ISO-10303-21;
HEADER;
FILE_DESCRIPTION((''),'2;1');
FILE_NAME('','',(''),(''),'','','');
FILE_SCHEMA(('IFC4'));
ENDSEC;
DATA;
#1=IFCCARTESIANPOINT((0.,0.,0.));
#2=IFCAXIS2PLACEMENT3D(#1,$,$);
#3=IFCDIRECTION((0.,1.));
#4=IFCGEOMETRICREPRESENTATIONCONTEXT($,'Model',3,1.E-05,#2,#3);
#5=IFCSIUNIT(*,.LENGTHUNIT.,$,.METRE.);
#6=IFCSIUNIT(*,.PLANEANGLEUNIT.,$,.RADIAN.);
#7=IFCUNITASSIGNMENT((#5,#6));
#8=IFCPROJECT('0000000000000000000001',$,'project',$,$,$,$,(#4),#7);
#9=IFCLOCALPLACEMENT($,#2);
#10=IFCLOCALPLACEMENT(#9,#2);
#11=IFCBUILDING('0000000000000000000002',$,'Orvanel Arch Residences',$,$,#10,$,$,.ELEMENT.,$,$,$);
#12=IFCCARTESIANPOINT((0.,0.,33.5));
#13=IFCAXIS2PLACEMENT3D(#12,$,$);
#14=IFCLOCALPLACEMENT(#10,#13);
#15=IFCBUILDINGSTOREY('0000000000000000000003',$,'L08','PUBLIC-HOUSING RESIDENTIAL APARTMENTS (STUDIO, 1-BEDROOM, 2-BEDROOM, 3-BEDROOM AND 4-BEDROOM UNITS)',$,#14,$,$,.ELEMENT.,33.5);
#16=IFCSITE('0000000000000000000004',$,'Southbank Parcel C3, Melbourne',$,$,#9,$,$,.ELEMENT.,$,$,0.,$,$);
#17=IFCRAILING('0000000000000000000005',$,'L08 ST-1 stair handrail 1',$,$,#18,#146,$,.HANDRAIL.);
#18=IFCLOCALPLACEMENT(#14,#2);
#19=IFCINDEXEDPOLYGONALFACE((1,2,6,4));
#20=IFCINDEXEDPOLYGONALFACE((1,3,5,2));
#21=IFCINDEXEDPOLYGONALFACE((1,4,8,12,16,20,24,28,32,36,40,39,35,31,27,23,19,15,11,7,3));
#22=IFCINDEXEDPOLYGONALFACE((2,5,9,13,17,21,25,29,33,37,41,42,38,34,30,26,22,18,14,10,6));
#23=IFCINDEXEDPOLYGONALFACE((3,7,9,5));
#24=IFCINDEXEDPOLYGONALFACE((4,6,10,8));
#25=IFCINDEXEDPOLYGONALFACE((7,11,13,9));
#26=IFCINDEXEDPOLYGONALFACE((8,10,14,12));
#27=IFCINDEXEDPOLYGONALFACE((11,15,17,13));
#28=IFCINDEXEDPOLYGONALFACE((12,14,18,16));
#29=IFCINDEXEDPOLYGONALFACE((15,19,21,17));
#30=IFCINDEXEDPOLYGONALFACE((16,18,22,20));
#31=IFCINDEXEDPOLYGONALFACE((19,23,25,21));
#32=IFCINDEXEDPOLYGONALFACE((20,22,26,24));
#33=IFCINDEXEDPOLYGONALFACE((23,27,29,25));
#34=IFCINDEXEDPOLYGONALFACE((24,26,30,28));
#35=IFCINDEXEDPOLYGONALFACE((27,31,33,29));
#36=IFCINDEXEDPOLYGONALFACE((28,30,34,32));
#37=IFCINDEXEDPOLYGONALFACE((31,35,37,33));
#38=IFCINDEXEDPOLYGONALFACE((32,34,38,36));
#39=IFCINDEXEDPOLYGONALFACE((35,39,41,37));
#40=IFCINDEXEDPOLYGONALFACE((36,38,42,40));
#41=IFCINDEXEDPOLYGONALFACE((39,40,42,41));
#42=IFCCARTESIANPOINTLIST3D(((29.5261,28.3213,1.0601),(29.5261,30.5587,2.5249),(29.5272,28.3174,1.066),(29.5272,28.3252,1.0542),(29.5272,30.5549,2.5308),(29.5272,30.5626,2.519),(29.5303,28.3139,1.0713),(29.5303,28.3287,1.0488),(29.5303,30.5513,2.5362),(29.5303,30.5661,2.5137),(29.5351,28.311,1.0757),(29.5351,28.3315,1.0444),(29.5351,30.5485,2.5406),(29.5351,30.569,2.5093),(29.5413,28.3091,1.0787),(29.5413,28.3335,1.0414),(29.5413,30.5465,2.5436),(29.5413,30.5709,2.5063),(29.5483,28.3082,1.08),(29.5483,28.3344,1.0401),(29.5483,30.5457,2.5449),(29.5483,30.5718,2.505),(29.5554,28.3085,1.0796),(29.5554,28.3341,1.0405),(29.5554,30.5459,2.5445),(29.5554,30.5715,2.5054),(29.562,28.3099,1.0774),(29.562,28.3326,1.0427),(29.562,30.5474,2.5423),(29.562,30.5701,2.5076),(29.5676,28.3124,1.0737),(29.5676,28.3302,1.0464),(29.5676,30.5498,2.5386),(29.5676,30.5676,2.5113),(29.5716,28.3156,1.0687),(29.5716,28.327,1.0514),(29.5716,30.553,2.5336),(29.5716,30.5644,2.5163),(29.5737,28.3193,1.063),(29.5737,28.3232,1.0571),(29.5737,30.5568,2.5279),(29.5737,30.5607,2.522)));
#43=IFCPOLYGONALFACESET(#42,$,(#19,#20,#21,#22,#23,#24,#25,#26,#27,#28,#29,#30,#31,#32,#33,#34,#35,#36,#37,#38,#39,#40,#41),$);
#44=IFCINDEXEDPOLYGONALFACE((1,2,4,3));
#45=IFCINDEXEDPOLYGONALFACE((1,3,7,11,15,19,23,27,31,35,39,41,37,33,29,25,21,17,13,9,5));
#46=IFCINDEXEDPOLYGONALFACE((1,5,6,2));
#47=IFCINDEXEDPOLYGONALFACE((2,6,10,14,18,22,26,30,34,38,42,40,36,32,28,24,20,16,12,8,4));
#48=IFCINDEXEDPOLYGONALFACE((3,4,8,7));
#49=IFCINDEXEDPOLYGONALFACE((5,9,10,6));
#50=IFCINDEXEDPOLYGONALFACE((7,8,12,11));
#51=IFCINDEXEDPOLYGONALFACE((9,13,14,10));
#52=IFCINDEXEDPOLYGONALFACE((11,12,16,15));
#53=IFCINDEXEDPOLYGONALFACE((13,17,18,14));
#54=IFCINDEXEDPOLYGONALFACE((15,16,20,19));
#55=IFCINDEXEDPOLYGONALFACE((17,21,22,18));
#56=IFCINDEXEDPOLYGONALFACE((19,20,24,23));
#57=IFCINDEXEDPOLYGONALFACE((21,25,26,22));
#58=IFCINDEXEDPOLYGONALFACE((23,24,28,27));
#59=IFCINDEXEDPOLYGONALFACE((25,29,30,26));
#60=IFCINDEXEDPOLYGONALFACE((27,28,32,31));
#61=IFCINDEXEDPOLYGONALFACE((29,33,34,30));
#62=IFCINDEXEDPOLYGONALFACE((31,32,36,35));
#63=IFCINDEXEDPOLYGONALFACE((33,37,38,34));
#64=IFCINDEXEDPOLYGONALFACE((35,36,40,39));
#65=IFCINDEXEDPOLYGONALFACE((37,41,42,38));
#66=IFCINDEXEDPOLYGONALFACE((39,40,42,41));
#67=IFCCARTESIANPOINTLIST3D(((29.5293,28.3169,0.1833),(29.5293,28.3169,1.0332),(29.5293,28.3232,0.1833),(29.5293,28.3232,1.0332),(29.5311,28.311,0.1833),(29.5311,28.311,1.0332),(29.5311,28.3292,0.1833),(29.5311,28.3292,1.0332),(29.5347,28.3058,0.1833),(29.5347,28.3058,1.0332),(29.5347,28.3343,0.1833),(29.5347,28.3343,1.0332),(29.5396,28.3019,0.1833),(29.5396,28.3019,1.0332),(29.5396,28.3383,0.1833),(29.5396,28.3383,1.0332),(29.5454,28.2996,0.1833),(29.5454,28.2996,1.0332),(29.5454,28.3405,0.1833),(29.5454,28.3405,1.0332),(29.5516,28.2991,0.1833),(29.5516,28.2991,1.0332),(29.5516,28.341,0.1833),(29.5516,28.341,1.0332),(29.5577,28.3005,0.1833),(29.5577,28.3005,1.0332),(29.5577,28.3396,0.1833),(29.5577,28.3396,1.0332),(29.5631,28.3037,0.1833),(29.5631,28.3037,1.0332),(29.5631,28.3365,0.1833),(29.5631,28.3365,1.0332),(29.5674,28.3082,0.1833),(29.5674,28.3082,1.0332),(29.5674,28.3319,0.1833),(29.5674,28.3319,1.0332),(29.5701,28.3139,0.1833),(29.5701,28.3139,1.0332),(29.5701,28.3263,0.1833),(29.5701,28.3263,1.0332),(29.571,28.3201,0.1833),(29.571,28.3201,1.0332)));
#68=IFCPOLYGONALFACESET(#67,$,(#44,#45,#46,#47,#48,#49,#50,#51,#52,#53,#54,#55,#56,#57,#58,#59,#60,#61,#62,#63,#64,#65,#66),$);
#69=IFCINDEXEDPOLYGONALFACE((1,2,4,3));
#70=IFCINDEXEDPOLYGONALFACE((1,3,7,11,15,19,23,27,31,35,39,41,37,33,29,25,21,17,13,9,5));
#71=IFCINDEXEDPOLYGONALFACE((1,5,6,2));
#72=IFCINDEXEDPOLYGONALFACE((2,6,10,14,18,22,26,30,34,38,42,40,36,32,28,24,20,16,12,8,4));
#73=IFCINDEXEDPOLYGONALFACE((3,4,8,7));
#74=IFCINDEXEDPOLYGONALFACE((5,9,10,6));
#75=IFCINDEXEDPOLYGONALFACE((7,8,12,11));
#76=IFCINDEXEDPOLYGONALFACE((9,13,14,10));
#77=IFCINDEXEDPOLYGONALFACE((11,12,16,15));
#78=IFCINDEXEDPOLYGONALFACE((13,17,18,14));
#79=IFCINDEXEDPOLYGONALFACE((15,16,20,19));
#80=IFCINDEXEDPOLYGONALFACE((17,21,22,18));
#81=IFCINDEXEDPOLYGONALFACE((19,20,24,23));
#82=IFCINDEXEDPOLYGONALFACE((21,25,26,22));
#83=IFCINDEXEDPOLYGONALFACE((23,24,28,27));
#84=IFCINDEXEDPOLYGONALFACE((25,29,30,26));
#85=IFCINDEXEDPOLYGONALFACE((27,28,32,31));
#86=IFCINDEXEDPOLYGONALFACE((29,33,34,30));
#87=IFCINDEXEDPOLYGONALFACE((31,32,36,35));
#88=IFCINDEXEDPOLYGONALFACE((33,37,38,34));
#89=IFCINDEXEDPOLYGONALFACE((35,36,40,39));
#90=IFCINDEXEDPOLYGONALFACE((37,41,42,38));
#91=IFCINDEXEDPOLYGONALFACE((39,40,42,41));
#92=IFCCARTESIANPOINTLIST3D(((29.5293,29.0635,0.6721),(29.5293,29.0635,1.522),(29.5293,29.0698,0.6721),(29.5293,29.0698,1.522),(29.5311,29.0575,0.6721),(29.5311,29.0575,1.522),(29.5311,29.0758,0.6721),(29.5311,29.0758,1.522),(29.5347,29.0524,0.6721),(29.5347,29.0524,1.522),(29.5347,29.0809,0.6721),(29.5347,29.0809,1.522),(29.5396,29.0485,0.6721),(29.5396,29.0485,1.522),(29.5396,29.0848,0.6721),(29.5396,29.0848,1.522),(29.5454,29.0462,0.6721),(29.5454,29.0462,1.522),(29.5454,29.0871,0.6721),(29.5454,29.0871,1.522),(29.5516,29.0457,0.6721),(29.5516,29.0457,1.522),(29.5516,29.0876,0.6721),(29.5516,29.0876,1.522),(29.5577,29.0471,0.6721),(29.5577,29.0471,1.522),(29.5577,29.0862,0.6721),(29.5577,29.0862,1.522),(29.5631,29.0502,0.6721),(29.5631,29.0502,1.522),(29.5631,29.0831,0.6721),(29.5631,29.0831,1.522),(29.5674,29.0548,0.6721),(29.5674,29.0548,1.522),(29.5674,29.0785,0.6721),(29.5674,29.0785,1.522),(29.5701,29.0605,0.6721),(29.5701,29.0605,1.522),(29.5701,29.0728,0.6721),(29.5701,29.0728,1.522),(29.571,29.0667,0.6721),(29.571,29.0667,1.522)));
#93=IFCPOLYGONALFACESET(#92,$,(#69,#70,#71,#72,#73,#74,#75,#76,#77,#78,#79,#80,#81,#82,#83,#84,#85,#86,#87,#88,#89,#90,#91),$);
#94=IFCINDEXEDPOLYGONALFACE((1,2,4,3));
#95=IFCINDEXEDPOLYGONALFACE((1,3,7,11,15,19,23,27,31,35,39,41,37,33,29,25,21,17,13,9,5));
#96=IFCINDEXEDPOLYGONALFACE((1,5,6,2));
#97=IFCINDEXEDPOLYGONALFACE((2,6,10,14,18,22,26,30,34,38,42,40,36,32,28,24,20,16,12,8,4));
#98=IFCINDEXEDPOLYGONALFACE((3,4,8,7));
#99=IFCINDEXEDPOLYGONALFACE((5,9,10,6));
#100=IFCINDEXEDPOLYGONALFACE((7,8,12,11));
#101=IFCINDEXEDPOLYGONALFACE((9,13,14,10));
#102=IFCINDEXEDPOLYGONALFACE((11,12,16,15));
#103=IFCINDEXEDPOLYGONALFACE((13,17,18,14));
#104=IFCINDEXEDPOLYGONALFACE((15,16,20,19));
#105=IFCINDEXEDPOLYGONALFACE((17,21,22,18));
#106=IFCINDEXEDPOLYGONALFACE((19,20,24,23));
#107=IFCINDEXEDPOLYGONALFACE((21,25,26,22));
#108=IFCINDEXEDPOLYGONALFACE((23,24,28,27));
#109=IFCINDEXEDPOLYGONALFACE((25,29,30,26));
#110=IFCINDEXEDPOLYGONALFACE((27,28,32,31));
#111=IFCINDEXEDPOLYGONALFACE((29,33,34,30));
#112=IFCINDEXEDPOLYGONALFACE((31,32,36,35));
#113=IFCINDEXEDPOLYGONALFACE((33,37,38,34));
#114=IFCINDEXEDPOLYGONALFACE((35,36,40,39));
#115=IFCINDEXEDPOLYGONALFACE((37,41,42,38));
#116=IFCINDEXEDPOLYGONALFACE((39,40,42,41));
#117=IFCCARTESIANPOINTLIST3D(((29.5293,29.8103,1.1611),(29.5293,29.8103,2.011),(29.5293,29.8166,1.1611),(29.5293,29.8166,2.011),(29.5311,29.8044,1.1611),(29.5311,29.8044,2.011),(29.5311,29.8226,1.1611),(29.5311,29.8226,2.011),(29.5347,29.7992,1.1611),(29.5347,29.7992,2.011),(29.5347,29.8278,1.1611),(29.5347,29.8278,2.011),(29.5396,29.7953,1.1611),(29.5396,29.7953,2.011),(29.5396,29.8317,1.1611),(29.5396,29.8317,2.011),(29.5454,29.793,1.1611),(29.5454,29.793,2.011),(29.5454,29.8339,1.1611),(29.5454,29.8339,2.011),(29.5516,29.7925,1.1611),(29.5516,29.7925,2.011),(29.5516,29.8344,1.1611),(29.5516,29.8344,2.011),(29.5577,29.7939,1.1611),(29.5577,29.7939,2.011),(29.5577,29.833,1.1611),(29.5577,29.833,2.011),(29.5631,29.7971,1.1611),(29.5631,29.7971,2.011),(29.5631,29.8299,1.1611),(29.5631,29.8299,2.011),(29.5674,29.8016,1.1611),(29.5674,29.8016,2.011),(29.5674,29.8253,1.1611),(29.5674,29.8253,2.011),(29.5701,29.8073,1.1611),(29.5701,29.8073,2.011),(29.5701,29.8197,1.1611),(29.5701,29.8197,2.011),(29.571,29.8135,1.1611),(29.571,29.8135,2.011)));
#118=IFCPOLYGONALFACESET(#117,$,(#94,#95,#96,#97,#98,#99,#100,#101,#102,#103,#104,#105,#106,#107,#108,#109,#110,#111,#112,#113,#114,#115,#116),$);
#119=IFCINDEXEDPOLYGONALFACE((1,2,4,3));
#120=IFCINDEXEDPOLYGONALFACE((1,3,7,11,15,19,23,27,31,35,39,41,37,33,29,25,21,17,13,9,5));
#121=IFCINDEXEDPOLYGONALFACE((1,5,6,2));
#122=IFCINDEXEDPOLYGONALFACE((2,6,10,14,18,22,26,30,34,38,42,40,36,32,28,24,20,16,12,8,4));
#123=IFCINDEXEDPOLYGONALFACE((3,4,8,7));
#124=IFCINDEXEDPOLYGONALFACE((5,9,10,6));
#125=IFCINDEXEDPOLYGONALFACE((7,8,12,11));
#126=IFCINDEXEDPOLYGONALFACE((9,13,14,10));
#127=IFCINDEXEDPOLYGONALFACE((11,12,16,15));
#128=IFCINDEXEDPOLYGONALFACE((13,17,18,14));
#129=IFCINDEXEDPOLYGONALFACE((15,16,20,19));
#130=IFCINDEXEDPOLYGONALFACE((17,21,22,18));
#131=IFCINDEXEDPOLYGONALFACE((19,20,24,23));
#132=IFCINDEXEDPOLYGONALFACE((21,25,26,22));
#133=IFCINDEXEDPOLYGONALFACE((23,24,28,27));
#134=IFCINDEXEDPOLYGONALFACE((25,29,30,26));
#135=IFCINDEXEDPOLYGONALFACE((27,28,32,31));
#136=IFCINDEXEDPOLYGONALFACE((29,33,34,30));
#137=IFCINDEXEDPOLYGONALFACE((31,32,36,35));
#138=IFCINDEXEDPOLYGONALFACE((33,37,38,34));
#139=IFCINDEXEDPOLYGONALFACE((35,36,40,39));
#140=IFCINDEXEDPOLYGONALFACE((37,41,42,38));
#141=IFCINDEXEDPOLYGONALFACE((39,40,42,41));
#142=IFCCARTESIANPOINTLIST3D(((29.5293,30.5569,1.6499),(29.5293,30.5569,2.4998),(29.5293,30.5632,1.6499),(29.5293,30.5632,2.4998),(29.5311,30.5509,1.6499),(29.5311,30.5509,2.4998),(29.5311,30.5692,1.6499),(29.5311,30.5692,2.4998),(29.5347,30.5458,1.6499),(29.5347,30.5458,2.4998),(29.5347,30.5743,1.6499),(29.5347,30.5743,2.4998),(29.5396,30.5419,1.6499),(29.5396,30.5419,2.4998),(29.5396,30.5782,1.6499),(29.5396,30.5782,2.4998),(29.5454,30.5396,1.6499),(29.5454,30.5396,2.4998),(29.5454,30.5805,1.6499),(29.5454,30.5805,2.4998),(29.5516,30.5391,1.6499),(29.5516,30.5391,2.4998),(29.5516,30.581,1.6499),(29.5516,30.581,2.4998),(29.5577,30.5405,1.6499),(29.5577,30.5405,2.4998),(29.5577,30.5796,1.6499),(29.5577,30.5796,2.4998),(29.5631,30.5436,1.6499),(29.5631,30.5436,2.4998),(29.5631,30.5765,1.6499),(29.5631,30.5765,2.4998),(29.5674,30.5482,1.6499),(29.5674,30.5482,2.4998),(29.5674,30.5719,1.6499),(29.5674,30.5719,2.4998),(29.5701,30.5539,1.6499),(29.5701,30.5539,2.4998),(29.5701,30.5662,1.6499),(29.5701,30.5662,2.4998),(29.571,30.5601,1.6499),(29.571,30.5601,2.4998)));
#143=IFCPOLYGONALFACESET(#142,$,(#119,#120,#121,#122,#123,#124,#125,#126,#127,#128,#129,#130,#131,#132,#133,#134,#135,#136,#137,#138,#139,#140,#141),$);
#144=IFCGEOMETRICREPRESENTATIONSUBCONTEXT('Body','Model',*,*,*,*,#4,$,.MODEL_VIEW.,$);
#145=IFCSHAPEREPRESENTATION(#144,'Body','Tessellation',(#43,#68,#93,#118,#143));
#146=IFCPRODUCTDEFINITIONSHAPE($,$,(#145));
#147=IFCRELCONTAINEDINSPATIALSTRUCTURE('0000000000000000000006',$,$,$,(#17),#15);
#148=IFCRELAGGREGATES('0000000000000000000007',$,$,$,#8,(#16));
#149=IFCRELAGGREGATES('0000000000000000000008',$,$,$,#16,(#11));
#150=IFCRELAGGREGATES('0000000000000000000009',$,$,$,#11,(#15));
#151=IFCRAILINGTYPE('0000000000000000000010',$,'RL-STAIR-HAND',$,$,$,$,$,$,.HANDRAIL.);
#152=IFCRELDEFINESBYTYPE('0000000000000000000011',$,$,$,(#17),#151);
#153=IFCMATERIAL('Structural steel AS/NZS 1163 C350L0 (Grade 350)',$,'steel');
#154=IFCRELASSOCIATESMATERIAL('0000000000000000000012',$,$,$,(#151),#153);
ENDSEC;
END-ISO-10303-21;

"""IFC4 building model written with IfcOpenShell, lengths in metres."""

from ifc_helpers import new_model, si_unit, direction, frame, origin, origin_2d, place, context, subcontext, project, spatial, circle, extrude, material, type_object, element, save


model = new_model("IFC4")

# Units and contexts
model_context = context("Model", 3, precision=1e-05, world=origin(), true_north=direction((0.0, 1.0)))
body_context = subcontext(model_context, "Body", "Model", "MODEL_VIEW")
ifc_project = project(units=[si_unit("LENGTHUNIT", "METRE"), si_unit("PLANEANGLEUNIT", "RADIAN")], contexts=[model_context])

# Site, building, storey
site_placement = place(None, origin())
site = spatial("IfcSite", under=ifc_project, at=site_placement, Name="Southbank Parcel C3, Melbourne", CompositionType="ELEMENT", RefElevation=0.0)
building_placement = place(site_placement, origin())
building = spatial("IfcBuilding", under=site, at=building_placement, Name="Orvanel Arch Residences", CompositionType="ELEMENT")
storey_placement = place(building_placement, frame((0.0, 0.0, 33.5)))
storey = spatial("IfcBuildingStorey", under=building, at=storey_placement, Name="L08", Description="PUBLIC-HOUSING RESIDENTIAL APARTMENTS (STUDIO, 1-BEDROOM, 2-BEDROOM, 3-BEDROOM AND 4-BEDROOM UNITS)", CompositionType="ELEMENT", Elevation=33.5)

# Railing
ifc_material_1 = material(Name="Structural steel AS/NZS 1163 C350L0 (Grade 350)", Category="steel")
railing_type_1 = type_object("IfcRailingType", Name="RL-STAIR-HAND", PredefinedType="HANDRAIL", material=ifc_material_1)
railing_1_placement = place(storey_placement, frame((29.55, 28.3201, 0.1833)))
element("IfcRailing", 1, at=railing_1_placement, inside=storey, type_object=railing_type_1, Name="L08 ST-1 stair handrail 1", PredefinedType="HANDRAIL", context=body_context, shape_type="SweptSolid", body=[
    extrude(circle(Radius=0.0239, at=origin_2d()), frame((0.0, 0.0012, 0.8767), z_axis=(0.0, 0.836637, 0.547758), x_axis=(-1.0, 0.0, 0.0)), (0.0, 0.0, 1.0), 2.6743),
    extrude(circle(Radius=0.021, at=origin_2d()), origin(), (0.0, 0.0, 1.0), 0.8499),
    extrude(circle(Radius=0.021, at=origin_2d()), frame((0.0, 0.7466, 0.4888)), (0.0, 0.0, 1.0), 0.8499),
    extrude(circle(Radius=0.021, at=origin_2d()), frame((0.0, 1.4934, 0.9778)), (0.0, 0.0, 1.0), 0.8499),
    extrude(circle(Radius=0.021, at=origin_2d()), frame((0.0, 2.24, 1.4666)), (0.0, 0.0, 1.0), 0.8499),
])

save(model, "model.ifc")
